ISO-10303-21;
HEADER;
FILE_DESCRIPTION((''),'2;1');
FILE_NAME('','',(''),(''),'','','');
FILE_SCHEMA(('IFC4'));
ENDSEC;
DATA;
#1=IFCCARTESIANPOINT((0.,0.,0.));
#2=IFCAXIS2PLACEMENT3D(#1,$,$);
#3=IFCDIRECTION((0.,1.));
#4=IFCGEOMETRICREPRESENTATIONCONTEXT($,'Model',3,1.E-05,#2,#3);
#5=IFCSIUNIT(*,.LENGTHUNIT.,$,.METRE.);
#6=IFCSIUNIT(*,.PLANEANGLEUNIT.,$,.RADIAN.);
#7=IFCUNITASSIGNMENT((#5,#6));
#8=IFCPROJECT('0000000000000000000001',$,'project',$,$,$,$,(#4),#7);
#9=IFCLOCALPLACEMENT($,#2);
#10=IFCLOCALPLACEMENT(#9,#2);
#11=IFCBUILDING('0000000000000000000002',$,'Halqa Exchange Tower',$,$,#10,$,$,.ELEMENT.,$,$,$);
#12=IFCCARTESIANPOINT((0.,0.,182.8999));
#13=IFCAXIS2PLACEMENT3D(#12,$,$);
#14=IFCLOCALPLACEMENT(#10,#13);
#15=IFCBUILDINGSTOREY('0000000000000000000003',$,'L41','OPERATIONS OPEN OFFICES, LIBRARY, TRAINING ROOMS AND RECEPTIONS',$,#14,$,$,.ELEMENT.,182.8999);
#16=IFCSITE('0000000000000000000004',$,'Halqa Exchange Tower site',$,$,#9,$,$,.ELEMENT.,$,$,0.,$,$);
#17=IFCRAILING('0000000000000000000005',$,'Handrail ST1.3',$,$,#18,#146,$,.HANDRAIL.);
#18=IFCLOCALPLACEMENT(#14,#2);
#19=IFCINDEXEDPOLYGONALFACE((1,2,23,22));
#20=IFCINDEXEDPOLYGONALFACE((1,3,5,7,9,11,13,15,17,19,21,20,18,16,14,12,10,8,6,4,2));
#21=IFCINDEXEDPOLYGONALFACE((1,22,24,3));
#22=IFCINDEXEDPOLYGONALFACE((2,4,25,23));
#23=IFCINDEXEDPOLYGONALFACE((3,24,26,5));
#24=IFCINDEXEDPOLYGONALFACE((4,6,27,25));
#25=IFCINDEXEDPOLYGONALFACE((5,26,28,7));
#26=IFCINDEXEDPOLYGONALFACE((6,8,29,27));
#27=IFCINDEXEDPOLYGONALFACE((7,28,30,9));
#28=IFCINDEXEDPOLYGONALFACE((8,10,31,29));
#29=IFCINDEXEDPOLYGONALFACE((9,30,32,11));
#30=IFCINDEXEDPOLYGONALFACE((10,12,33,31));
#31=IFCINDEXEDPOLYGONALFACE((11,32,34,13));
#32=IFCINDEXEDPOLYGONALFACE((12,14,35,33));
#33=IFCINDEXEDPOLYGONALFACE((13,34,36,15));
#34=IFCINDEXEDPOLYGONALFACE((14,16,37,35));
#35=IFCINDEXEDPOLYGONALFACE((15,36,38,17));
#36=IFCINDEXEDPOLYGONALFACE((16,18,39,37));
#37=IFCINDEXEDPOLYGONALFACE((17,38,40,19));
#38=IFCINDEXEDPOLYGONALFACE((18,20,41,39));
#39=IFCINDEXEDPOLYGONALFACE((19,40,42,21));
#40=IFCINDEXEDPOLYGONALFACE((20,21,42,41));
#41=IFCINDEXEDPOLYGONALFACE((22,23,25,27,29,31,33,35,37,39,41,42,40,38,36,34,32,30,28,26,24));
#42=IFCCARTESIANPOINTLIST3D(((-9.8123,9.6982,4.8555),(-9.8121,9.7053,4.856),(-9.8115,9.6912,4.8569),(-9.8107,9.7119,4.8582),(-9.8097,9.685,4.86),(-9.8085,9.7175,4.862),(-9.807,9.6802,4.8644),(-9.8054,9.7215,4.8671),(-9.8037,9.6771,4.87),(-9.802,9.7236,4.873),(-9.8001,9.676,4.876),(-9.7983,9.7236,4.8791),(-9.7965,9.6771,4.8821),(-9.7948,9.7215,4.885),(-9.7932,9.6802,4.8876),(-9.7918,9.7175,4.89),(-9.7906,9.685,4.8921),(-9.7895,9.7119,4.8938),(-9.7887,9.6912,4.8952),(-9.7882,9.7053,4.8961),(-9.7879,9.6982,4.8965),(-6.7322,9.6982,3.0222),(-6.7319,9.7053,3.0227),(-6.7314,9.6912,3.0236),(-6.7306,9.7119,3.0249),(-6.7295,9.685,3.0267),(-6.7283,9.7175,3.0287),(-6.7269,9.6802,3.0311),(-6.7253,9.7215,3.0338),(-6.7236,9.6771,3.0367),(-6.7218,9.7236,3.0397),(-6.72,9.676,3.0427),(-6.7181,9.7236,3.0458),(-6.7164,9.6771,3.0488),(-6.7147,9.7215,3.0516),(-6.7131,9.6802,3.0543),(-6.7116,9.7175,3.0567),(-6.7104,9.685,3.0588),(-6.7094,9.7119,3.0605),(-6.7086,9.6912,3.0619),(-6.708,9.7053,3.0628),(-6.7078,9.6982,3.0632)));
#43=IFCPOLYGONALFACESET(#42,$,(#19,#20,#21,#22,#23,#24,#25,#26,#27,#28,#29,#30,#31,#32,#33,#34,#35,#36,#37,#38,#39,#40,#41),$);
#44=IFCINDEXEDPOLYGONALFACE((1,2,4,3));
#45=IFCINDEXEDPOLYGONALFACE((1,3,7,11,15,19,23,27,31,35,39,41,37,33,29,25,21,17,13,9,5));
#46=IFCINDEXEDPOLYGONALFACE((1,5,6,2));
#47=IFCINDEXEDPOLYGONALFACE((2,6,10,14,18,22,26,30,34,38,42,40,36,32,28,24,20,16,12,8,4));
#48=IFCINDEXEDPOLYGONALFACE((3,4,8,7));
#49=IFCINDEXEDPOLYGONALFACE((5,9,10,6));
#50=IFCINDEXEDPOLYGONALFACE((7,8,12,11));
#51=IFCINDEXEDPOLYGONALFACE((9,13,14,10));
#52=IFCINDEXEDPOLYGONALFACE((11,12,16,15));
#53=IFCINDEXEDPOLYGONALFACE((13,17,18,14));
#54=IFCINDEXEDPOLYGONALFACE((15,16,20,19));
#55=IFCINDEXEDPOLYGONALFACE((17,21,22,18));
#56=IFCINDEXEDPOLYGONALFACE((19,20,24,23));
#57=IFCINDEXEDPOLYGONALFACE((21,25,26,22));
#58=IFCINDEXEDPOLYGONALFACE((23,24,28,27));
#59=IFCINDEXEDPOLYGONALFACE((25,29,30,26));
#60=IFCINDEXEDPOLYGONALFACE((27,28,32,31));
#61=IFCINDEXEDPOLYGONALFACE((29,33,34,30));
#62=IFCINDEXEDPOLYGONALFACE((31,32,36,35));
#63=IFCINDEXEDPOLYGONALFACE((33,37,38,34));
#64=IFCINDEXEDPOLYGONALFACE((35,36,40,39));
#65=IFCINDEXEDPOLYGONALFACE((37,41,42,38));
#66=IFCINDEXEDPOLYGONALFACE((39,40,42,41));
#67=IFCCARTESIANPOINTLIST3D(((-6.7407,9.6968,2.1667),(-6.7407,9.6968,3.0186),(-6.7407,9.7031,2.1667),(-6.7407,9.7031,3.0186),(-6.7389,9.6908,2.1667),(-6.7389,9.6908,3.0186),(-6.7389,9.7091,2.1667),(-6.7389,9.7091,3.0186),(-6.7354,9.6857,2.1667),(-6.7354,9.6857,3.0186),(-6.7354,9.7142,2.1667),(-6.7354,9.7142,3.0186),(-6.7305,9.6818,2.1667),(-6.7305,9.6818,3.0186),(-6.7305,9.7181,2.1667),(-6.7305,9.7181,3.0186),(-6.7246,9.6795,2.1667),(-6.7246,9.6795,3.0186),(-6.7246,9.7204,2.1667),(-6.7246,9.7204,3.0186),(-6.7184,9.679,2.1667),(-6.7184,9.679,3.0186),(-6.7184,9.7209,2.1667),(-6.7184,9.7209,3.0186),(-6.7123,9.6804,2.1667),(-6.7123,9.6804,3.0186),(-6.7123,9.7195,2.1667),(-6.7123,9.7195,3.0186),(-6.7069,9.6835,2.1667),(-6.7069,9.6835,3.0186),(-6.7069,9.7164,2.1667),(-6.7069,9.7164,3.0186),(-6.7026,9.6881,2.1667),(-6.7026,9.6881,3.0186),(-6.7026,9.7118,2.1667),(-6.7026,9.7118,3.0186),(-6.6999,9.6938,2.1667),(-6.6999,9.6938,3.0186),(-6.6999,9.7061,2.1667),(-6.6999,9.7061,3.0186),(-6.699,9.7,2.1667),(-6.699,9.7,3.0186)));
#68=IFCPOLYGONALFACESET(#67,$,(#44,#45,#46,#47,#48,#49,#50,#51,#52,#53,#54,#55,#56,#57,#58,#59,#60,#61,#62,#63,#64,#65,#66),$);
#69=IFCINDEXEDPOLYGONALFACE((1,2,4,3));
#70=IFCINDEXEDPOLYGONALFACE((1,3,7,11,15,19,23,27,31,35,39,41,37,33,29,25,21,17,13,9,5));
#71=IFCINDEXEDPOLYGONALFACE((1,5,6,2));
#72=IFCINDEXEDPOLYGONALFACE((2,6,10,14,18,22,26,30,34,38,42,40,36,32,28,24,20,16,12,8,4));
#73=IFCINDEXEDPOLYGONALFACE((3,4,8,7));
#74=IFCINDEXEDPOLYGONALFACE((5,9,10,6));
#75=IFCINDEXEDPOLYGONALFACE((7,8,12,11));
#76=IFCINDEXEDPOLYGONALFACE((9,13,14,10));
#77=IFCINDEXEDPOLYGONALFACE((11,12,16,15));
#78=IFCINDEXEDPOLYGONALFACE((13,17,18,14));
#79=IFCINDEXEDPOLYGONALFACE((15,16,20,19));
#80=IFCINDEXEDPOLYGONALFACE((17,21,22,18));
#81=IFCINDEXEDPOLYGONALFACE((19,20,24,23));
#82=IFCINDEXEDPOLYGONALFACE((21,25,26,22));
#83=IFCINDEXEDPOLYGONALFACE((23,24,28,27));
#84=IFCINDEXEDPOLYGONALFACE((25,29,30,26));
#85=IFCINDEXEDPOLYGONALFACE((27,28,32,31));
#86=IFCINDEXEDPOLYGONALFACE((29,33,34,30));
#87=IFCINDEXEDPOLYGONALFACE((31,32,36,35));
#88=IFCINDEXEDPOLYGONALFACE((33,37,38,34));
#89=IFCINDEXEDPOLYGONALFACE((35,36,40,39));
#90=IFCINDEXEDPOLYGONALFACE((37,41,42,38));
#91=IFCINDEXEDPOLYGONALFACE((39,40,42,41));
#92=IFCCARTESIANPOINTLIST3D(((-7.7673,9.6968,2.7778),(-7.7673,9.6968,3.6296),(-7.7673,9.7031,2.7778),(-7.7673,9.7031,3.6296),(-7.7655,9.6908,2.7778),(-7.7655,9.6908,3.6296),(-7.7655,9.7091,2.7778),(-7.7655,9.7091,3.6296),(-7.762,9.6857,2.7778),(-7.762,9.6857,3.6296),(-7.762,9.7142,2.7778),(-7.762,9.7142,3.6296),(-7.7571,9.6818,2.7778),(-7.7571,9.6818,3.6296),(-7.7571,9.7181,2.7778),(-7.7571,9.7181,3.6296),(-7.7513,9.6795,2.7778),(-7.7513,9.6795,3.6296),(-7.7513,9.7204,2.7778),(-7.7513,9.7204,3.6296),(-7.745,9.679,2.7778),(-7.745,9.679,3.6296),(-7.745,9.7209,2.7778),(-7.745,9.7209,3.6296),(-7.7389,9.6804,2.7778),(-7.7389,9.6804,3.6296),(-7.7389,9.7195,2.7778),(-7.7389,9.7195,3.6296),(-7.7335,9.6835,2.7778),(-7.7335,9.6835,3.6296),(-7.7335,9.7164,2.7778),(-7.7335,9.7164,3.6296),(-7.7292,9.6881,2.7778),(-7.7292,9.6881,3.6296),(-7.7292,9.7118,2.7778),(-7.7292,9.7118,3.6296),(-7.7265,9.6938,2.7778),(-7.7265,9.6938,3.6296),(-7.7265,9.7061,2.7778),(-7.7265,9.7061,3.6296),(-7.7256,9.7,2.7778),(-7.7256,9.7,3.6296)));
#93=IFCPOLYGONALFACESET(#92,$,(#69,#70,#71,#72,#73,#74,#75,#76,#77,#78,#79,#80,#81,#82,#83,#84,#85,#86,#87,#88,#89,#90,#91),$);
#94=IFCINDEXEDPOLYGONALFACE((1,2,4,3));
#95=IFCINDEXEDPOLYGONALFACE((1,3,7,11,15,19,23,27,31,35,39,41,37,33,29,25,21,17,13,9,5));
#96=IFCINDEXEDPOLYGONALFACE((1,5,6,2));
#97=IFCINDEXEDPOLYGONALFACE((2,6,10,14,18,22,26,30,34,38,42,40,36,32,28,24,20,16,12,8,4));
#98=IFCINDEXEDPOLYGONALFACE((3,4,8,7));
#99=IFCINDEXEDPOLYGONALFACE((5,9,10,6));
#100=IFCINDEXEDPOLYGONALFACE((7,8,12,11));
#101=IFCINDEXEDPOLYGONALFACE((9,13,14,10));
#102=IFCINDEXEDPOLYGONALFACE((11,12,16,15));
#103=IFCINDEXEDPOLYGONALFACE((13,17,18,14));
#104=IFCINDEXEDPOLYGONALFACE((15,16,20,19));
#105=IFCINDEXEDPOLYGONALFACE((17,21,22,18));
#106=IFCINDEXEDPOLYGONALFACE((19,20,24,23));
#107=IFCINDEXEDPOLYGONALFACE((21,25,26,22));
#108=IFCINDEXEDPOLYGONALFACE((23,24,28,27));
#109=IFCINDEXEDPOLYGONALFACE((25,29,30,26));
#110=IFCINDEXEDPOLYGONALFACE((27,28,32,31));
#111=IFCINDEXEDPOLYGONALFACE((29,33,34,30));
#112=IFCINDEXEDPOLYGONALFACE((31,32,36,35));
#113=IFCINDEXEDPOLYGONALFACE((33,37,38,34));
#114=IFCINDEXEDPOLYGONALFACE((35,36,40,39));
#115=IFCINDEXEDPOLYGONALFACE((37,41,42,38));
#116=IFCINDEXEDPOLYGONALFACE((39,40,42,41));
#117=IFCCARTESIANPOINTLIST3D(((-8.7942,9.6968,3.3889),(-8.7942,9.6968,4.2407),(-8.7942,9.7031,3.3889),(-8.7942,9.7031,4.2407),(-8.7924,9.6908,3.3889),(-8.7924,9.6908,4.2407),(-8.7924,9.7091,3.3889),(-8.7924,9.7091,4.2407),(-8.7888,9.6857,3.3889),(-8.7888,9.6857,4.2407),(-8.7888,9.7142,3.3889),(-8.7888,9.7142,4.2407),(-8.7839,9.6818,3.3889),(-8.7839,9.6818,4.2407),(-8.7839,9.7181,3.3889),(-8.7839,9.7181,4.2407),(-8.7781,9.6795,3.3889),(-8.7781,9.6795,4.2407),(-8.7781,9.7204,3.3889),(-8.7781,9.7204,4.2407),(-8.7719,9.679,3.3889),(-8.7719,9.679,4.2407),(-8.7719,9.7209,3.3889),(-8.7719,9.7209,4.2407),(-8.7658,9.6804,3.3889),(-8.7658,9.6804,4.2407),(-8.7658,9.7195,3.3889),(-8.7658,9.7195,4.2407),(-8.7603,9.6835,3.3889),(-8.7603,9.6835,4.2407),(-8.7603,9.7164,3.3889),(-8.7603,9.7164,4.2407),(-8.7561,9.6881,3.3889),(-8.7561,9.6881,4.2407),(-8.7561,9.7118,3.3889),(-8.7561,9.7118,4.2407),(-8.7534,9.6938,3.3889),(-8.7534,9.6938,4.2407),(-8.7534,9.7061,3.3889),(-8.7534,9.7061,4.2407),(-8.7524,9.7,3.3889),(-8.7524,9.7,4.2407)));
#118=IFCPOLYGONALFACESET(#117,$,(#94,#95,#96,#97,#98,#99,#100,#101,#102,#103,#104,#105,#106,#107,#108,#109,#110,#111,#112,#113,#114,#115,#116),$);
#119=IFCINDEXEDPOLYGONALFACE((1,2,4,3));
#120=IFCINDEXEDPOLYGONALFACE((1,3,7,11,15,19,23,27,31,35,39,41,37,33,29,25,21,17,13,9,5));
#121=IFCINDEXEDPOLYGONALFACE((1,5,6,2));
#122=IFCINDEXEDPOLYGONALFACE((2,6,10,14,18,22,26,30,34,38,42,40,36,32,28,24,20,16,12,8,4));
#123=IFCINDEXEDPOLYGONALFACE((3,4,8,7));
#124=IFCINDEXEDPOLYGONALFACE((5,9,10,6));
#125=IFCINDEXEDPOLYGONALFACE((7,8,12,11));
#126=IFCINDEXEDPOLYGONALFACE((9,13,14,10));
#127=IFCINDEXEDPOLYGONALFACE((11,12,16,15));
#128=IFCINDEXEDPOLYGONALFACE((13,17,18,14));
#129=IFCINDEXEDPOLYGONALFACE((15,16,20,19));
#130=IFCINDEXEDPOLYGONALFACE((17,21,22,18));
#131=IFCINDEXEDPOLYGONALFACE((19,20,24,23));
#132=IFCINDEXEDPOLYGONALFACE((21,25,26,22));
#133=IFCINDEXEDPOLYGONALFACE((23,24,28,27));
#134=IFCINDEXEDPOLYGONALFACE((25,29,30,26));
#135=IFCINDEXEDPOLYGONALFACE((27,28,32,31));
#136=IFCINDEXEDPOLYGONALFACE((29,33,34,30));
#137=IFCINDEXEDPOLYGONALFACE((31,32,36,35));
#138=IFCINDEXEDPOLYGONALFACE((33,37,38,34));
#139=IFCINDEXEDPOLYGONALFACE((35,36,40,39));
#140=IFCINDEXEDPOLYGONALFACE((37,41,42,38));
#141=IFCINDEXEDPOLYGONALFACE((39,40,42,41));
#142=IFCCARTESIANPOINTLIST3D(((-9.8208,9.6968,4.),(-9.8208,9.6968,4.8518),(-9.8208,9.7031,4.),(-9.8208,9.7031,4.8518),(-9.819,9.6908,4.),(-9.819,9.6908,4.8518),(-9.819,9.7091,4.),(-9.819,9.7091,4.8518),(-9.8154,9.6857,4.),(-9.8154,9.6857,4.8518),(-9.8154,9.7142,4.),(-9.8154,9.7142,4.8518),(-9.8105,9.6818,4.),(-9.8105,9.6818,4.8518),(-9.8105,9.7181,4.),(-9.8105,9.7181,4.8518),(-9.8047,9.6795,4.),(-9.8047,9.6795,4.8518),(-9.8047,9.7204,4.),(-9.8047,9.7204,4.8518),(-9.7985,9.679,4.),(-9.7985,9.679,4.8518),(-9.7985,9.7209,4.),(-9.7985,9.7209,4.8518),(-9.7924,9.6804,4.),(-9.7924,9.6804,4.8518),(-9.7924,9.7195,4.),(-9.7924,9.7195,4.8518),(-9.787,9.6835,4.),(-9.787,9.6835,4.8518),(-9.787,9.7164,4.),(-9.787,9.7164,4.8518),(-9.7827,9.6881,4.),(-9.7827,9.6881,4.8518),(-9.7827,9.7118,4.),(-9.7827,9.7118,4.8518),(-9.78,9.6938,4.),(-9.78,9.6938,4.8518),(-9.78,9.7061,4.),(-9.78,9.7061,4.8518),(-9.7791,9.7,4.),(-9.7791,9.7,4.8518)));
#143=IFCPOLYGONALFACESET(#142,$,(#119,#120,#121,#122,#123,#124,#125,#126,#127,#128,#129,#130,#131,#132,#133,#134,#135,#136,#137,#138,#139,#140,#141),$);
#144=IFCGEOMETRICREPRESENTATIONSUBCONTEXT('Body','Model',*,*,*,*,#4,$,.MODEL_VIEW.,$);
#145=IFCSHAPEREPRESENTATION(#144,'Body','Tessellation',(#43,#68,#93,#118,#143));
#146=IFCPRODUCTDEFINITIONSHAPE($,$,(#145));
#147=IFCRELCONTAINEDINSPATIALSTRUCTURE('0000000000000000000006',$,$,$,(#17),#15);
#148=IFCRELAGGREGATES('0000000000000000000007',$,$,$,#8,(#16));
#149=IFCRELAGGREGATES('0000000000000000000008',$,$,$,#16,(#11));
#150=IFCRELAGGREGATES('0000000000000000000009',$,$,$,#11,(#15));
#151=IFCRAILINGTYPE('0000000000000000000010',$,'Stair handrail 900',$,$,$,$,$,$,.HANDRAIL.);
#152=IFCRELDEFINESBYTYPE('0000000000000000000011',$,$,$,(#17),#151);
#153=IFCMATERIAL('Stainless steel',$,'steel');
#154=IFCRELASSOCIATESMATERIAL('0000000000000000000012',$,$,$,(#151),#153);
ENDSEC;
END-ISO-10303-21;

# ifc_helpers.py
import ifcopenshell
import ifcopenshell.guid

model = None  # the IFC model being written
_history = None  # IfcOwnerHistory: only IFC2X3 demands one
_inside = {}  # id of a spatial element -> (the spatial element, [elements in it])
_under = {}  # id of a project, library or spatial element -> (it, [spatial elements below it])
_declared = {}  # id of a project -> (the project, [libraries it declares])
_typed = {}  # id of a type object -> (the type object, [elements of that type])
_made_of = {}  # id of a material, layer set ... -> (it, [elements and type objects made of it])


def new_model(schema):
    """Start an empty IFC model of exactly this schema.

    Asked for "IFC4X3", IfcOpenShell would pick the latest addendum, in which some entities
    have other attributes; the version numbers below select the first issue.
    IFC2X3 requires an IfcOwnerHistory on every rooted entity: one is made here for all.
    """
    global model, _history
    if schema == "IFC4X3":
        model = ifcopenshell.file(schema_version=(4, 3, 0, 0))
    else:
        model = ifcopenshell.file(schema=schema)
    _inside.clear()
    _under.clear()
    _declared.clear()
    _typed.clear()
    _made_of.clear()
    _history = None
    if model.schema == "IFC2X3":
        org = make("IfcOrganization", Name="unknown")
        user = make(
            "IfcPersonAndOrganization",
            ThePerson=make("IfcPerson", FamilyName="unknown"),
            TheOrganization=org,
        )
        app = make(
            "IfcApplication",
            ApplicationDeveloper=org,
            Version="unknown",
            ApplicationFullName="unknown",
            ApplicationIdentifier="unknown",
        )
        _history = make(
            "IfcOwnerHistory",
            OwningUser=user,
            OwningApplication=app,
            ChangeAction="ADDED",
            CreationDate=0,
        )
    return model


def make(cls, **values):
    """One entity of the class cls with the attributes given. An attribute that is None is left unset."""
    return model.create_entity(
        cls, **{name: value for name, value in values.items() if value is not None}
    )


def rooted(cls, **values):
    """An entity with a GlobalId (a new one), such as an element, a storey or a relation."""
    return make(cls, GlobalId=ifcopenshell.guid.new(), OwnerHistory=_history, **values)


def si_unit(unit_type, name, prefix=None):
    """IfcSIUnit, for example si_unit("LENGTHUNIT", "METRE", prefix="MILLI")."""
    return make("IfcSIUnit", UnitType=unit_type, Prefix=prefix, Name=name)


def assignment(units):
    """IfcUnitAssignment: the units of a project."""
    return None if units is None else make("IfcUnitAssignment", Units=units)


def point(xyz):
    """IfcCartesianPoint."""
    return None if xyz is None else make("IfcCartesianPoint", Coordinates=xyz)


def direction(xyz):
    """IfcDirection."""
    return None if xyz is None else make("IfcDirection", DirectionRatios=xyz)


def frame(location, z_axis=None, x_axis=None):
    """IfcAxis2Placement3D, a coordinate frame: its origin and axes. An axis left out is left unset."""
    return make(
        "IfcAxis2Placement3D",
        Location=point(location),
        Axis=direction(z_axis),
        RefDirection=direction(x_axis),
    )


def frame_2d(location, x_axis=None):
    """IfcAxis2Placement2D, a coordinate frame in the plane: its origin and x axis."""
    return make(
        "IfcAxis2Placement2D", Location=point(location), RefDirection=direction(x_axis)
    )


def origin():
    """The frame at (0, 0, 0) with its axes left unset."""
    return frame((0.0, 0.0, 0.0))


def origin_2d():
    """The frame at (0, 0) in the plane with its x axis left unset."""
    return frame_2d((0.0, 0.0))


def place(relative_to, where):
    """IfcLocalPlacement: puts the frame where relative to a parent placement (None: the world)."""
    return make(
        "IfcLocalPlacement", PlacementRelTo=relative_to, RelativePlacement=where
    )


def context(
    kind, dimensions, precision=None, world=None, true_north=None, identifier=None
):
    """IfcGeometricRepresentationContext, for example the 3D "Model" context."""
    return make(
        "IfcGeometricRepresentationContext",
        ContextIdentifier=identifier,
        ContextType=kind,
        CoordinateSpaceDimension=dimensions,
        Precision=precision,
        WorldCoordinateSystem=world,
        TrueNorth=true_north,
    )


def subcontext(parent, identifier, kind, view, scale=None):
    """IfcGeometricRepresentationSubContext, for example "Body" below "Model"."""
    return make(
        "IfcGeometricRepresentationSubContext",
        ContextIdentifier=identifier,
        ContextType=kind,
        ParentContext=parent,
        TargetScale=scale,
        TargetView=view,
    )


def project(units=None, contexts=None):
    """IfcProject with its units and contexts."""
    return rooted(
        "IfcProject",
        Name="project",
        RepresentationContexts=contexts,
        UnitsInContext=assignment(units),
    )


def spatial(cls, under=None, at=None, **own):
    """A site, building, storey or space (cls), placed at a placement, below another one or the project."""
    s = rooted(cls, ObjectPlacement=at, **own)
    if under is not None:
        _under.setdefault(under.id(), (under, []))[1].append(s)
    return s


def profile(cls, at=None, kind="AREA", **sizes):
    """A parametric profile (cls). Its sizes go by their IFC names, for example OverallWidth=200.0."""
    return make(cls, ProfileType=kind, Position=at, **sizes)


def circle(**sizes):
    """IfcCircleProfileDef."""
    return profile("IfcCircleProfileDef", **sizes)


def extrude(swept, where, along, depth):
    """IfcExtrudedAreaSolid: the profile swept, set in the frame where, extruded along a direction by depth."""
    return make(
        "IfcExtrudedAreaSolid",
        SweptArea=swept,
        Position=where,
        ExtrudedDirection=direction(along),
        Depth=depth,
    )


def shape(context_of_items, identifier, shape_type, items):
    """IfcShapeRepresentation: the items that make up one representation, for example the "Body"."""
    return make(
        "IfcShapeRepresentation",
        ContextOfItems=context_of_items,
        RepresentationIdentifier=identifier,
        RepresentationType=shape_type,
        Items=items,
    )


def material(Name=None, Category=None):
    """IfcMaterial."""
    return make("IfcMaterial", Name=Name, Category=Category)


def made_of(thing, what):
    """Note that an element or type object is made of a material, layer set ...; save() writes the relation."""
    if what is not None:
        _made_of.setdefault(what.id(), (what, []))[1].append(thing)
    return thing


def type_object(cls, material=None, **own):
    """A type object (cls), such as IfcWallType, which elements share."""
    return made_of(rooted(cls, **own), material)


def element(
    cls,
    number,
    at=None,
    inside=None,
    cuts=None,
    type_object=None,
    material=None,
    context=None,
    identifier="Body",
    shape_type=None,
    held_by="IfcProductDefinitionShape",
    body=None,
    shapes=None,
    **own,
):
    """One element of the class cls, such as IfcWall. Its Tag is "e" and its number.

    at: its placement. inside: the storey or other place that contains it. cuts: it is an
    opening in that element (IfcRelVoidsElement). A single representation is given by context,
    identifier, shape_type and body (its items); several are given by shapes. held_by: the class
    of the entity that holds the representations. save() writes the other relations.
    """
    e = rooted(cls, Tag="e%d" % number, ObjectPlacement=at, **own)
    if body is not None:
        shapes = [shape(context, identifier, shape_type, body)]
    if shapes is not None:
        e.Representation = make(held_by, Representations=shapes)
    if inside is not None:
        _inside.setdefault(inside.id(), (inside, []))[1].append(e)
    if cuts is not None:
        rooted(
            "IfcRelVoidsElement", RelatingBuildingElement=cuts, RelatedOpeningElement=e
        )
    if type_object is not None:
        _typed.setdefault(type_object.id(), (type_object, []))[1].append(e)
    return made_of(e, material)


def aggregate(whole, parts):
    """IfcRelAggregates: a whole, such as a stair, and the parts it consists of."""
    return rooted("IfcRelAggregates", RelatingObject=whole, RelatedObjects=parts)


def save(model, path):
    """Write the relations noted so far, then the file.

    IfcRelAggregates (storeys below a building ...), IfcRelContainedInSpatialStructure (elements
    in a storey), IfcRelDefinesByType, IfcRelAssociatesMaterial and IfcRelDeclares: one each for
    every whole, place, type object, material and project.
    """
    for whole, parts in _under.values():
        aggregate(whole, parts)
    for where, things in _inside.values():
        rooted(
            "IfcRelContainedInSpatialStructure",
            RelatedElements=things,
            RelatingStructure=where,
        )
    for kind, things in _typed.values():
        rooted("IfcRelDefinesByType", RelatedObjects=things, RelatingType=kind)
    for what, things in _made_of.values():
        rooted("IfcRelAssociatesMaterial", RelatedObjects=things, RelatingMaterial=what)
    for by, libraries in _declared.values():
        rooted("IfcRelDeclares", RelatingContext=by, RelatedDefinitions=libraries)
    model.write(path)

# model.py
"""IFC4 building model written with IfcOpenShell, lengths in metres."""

from ifc_helpers import new_model, si_unit, direction, frame, origin, origin_2d, place, context, subcontext, project, spatial, circle, extrude, material, type_object, element, save


model = new_model("IFC4")

# Units and contexts
model_context = context("Model", 3, precision=1e-05, world=origin(), true_north=direction((0.0, 1.0)))
body_context = subcontext(model_context, "Body", "Model", "MODEL_VIEW")
ifc_project = project(units=[si_unit("LENGTHUNIT", "METRE"), si_unit("PLANEANGLEUNIT", "RADIAN")], contexts=[model_context])

# Site, building, storey
site_placement = place(None, origin())
site = spatial("IfcSite", under=ifc_project, at=site_placement, Name="Halqa Exchange Tower site", CompositionType="ELEMENT", RefElevation=0.0)
building_placement = place(site_placement, origin())
building = spatial("IfcBuilding", under=site, at=building_placement, Name="Halqa Exchange Tower", CompositionType="ELEMENT")
storey_placement = place(building_placement, frame((0.0, 0.0, 182.8999)))
storey = spatial("IfcBuildingStorey", under=building, at=storey_placement, Name="L41", Description="OPERATIONS OPEN OFFICES, LIBRARY, TRAINING ROOMS AND RECEPTIONS", CompositionType="ELEMENT", Elevation=182.8999)

# Railing
ifc_material_1 = material(Name="Stainless steel", Category="steel")
railing_type_1 = type_object("IfcRailingType", Name="Stair handrail 900", PredefinedType="HANDRAIL", material=ifc_material_1)
railing_1_placement = place(storey_placement, frame((-6.72, 9.7, 2.1667)))
element("IfcRailing", 1, at=railing_1_placement, inside=storey, type_object=railing_type_1, Name="Handrail ST1.3", PredefinedType="HANDRAIL", context=body_context, shape_type="SweptSolid", body=[
    extrude(circle(Radius=0.0239, at=origin_2d()), frame((0.0, 0.0, 0.876), z_axis=(-0.859309, 0.0, 0.511458), x_axis=(0.0, -1.0, 0.0)), (0.0, 0.0, 1.0), 3.5845),
    extrude(circle(Radius=0.021, at=origin_2d()), origin(), (0.0, 0.0, 1.0), 0.8518),
    extrude(circle(Radius=0.021, at=origin_2d()), frame((-1.0266, 0.0, 0.6111)), (0.0, 0.0, 1.0), 0.8518),
    extrude(circle(Radius=0.021, at=origin_2d()), frame((-2.0535, 0.0, 1.2222)), (0.0, 0.0, 1.0), 0.8518),
    extrude(circle(Radius=0.021, at=origin_2d()), frame((-3.0801, 0.0, 1.8333)), (0.0, 0.0, 1.0), 0.8518),
])

save(model, "model.ifc")
